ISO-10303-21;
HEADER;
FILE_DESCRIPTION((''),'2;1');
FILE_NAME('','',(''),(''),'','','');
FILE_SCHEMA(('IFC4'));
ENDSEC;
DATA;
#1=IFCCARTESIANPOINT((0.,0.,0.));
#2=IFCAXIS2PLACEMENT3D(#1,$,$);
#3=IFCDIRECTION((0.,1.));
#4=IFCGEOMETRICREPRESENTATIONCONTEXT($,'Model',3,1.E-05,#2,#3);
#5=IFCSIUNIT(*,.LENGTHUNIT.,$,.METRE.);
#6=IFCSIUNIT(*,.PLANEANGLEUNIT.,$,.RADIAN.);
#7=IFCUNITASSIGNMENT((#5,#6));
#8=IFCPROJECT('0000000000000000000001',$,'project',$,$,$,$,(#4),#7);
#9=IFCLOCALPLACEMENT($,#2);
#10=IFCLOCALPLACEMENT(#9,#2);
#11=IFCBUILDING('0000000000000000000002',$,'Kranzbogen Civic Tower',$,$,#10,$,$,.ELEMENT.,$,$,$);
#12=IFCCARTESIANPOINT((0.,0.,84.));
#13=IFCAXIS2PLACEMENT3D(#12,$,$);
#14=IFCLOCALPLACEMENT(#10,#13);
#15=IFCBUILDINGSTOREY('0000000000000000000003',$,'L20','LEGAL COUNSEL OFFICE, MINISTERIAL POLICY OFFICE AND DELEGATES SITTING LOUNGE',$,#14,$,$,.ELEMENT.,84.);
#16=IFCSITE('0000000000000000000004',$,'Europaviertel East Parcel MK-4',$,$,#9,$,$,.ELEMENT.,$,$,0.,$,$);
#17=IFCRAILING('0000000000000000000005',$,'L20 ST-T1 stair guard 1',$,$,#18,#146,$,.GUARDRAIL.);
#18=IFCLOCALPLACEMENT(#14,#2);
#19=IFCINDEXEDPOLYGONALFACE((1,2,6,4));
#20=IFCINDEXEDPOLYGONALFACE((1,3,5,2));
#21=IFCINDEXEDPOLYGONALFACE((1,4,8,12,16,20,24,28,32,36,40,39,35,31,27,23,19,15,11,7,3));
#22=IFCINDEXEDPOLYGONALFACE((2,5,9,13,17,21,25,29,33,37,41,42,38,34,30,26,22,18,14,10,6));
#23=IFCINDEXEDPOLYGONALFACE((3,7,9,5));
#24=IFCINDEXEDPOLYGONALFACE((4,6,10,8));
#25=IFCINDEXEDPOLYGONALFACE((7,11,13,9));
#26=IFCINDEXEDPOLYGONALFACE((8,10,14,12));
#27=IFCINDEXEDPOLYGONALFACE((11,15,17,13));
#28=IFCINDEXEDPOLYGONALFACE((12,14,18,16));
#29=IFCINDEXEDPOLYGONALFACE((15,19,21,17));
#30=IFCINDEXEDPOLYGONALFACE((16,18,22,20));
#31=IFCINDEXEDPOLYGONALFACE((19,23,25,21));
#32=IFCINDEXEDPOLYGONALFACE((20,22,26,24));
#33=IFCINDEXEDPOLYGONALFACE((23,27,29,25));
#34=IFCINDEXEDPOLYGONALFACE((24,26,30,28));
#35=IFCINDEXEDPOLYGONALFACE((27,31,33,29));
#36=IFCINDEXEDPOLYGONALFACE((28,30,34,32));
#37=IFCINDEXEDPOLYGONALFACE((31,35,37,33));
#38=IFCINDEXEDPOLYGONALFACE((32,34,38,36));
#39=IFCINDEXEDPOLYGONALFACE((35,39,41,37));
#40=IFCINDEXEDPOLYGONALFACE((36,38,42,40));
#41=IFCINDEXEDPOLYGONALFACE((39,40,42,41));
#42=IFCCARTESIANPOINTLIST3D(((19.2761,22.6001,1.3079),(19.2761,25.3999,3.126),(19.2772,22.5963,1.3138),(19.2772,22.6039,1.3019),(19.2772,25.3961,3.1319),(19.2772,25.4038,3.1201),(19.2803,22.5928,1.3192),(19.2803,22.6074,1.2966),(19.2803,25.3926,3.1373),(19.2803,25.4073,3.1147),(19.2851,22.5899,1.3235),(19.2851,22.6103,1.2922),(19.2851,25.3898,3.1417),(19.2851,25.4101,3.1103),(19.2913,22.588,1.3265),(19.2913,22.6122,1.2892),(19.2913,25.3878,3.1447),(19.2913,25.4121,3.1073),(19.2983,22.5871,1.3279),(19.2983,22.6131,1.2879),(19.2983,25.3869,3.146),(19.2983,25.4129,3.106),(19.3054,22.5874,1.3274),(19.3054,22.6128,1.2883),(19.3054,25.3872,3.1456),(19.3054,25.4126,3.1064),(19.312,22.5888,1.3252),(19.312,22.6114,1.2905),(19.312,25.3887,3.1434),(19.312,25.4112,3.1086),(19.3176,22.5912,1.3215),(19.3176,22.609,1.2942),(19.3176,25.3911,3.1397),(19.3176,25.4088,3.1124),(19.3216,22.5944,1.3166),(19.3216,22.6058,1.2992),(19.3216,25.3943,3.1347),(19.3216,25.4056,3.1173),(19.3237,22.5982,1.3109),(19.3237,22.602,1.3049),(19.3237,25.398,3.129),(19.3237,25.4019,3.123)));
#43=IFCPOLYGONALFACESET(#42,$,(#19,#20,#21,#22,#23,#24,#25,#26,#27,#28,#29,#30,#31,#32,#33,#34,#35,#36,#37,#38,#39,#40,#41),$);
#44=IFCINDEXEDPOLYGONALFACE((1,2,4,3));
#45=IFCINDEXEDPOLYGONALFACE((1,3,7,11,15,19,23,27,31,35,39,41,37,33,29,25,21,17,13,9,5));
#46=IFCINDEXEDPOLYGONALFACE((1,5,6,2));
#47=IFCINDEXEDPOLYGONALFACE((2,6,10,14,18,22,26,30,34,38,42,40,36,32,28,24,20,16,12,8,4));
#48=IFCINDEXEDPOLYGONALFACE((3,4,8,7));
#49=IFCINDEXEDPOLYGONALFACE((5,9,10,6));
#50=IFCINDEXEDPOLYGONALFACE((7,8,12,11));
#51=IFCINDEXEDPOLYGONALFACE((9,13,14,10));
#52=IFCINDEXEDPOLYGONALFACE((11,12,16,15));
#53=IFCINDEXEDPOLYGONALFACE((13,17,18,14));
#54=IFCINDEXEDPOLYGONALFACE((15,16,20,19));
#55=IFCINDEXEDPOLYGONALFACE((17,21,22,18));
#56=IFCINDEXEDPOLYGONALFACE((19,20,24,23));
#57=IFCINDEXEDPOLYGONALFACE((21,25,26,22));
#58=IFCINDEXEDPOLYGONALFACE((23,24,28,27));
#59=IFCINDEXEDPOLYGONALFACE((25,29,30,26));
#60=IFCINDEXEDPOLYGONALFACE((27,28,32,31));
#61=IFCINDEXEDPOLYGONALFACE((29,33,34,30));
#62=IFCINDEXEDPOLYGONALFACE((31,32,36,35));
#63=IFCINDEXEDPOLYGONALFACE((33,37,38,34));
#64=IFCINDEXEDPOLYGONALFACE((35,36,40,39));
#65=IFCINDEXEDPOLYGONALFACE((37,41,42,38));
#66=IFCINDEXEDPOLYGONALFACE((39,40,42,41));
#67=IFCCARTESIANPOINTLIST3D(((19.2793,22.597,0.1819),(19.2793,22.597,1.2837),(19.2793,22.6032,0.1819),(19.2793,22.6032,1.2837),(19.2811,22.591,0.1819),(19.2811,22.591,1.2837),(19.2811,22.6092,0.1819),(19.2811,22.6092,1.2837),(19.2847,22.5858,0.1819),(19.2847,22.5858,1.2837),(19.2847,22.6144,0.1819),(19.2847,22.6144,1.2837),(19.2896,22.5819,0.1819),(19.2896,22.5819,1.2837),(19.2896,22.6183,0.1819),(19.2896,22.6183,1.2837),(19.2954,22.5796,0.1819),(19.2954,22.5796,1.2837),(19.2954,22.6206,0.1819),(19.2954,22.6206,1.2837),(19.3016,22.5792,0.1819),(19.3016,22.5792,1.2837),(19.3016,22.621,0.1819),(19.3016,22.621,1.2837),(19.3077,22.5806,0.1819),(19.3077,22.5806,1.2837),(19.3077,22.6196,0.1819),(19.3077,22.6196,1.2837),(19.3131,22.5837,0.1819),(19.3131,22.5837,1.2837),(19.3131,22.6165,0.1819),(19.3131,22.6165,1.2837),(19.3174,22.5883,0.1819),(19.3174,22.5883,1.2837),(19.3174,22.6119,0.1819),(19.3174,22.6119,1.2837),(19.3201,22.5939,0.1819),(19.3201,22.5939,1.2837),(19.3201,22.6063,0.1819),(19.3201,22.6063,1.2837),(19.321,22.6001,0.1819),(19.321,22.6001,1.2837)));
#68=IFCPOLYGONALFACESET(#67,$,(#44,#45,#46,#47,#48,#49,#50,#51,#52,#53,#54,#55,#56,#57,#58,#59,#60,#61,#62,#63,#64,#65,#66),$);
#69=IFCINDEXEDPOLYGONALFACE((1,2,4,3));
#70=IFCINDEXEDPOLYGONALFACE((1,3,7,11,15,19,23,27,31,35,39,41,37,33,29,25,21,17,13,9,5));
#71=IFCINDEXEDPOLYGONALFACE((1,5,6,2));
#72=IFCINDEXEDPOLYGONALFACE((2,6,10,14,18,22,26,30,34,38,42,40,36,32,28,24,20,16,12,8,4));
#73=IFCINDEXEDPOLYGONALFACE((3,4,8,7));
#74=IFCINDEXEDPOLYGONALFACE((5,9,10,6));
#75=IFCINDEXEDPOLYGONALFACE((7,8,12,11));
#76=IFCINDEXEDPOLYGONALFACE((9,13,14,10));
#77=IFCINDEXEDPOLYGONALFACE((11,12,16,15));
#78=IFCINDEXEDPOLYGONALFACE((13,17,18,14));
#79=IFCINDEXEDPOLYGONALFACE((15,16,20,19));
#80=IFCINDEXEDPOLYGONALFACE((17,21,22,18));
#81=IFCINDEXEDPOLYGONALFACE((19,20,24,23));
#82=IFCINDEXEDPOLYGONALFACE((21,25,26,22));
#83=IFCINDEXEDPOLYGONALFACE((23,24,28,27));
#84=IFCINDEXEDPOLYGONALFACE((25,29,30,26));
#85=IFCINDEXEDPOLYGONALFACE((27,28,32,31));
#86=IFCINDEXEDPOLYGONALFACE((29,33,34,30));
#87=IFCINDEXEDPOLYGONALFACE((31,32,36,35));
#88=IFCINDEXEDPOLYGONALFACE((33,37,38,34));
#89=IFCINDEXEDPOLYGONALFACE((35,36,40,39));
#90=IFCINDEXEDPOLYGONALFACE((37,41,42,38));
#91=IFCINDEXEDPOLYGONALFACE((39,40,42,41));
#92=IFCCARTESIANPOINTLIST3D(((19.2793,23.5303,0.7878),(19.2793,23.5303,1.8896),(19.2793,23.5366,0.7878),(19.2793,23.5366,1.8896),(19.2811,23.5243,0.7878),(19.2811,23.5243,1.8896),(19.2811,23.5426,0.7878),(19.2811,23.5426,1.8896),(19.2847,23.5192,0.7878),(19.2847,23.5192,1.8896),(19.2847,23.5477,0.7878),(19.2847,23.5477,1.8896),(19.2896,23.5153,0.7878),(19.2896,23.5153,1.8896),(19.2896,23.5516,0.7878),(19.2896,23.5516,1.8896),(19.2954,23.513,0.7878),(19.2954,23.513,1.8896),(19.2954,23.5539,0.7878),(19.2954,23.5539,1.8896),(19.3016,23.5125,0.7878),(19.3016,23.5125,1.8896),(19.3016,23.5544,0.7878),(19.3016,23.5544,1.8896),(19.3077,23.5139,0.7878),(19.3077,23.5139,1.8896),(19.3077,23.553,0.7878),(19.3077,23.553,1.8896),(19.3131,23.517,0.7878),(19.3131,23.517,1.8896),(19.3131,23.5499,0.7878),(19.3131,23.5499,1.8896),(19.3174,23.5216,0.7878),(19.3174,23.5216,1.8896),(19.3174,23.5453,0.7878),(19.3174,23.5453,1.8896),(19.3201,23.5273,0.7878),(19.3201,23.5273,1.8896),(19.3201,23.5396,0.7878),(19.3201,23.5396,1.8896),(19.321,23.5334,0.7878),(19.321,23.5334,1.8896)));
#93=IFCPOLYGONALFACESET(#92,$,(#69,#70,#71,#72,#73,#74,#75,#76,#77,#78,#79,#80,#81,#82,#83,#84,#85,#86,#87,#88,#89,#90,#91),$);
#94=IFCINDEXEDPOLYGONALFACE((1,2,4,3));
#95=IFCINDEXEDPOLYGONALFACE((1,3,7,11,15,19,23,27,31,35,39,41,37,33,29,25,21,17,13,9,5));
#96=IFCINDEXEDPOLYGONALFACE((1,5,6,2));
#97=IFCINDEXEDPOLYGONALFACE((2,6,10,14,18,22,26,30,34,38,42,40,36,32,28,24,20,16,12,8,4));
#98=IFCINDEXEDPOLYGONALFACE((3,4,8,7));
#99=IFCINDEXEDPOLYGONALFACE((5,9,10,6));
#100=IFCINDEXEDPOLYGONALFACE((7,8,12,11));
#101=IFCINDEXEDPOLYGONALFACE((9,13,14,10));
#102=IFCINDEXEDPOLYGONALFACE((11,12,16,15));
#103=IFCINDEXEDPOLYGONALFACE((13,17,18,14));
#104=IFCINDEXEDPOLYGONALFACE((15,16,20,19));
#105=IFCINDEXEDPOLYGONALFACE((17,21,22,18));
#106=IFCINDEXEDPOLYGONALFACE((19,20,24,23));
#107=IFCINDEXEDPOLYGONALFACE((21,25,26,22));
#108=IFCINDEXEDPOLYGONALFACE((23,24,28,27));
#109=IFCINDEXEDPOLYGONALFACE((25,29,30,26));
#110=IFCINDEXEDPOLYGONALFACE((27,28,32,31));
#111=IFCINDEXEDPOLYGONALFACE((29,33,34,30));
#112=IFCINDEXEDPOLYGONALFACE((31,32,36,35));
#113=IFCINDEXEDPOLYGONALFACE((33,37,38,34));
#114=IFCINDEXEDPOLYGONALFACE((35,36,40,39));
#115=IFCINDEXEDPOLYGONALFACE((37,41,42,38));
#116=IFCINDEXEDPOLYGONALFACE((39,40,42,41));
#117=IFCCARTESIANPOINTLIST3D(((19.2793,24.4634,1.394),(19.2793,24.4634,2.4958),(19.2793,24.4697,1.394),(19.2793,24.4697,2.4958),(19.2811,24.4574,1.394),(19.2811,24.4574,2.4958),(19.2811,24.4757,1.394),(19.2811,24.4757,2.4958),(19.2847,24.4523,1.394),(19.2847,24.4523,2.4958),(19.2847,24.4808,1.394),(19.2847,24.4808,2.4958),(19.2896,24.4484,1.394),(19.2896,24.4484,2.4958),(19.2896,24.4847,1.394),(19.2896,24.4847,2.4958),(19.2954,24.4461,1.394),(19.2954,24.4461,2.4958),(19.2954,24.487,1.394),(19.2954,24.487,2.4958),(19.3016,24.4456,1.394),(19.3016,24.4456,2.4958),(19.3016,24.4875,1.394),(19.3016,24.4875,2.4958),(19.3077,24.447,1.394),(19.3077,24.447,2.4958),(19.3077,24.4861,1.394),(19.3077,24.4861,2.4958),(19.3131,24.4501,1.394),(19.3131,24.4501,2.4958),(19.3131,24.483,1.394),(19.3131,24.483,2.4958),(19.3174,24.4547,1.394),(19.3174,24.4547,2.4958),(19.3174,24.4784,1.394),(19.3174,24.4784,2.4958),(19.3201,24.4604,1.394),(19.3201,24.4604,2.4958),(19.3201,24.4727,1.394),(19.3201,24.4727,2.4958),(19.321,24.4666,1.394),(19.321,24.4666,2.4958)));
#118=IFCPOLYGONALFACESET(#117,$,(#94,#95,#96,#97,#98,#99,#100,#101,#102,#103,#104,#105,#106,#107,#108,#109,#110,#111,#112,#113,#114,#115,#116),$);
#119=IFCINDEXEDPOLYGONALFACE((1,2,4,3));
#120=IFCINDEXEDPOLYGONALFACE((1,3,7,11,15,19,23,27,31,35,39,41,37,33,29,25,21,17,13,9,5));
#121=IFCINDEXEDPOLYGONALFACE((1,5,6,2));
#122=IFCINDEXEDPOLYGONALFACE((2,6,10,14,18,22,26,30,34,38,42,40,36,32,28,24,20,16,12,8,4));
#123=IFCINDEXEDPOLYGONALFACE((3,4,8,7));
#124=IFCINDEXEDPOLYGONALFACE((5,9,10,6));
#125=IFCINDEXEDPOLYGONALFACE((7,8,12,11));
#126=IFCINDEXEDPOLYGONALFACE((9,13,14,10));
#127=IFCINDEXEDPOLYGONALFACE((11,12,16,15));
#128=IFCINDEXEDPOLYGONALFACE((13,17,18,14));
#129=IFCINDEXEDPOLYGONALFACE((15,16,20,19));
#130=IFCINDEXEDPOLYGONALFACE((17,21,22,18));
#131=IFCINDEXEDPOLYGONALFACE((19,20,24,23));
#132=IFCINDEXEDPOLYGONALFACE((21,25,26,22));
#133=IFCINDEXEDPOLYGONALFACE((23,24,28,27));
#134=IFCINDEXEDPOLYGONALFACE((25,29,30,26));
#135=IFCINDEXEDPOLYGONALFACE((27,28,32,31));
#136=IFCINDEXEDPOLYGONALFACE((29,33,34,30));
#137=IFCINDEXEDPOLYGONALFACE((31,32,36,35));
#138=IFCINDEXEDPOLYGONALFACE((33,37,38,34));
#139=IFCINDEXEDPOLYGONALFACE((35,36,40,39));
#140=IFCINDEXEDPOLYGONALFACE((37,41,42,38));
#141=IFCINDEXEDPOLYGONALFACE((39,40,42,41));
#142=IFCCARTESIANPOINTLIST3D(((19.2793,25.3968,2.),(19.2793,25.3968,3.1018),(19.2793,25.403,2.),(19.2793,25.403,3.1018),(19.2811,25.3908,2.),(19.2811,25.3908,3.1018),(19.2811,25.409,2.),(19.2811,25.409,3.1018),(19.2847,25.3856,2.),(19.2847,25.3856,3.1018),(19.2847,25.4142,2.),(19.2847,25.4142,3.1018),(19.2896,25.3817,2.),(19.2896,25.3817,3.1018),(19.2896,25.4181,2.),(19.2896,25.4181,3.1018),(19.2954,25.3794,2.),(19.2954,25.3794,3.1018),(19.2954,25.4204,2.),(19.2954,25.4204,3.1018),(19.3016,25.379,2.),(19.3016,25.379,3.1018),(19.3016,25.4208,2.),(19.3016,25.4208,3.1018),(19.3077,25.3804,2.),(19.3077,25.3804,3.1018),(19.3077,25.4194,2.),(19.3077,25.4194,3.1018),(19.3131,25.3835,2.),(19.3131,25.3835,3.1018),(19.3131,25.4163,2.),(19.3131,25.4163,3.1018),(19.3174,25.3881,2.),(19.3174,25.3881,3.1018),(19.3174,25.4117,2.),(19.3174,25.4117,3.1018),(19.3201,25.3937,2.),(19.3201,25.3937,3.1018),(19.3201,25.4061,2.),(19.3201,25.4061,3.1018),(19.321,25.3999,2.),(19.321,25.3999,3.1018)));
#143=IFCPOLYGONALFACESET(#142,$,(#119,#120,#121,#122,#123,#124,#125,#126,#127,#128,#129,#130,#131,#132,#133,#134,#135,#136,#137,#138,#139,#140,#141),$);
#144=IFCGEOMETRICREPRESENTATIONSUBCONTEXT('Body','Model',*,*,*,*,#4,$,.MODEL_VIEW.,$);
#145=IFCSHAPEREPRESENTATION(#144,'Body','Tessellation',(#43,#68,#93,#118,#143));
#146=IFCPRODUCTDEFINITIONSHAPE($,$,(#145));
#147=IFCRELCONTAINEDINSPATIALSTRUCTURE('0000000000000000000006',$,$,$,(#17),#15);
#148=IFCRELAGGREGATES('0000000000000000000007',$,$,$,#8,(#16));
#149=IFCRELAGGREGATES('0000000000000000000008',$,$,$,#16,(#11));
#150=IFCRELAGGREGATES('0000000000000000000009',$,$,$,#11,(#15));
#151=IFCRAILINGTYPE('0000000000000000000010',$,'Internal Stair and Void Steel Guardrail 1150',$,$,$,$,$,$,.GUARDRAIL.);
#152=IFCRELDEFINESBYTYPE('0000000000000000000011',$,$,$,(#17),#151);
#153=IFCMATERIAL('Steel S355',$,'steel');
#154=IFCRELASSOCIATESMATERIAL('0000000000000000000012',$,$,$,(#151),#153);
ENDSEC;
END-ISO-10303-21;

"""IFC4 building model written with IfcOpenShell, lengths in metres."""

from ifc_helpers import new_model, si_unit, direction, frame, origin, origin_2d, place, context, subcontext, project, spatial, circle, extrude, material, type_object, element, save


model = new_model("IFC4")

# Units and contexts
model_context = context("Model", 3, precision=1e-05, world=origin(), true_north=direction((0.0, 1.0)))
body_context = subcontext(model_context, "Body", "Model", "MODEL_VIEW")
ifc_project = project(units=[si_unit("LENGTHUNIT", "METRE"), si_unit("PLANEANGLEUNIT", "RADIAN")], contexts=[model_context])

# Site, building, storey
site_placement = place(None, origin())
site = spatial("IfcSite", under=ifc_project, at=site_placement, Name="Europaviertel East Parcel MK-4", CompositionType="ELEMENT", RefElevation=0.0)
building_placement = place(site_placement, origin())
building = spatial("IfcBuilding", under=site, at=building_placement, Name="Kranzbogen Civic Tower", CompositionType="ELEMENT")
storey_placement = place(building_placement, frame((0.0, 0.0, 84.0)))
storey = spatial("IfcBuildingStorey", under=building, at=storey_placement, Name="L20", Description="LEGAL COUNSEL OFFICE, MINISTERIAL POLICY OFFICE AND DELEGATES SITTING LOUNGE", CompositionType="ELEMENT", Elevation=84.0)

# Shared definitions
ifc_material_1 = material(Name="Steel S355", Category="steel")

# Railing
railing_type_1 = type_object("IfcRailingType", Name="Internal Stair and Void Steel Guardrail 1150", PredefinedType="GUARDRAIL", material=ifc_material_1)
railing_1_placement = place(storey_placement, frame((19.3, 22.6001, 0.1819)))
element("IfcRailing", 1, at=railing_1_placement, inside=storey, type_object=railing_type_1, Name="L20 ST-T1 stair guard 1", PredefinedType="GUARDRAIL", context=body_context, shape_type="SweptSolid", body=[
    extrude(circle(Radius=0.0239, at=origin_2d()), frame((0.0, 0.0, 1.126), z_axis=(0.0, 0.838684, 0.544618), x_axis=(-1.0, 0.0, 0.0)), (0.0, 0.0, 1.0), 3.3384),
    extrude(circle(Radius=0.021, at=origin_2d()), origin(), (0.0, 0.0, 1.0), 1.1018),
    extrude(circle(Radius=0.021, at=origin_2d()), frame((0.0, 0.9333, 0.606)), (0.0, 0.0, 1.0), 1.1018),
    extrude(circle(Radius=0.021, at=origin_2d()), frame((0.0, 1.8665, 1.2122)), (0.0, 0.0, 1.0), 1.1018),
    extrude(circle(Radius=0.021, at=origin_2d()), frame((0.0, 2.7998, 1.8181)), (0.0, 0.0, 1.0), 1.1018),
])

save(model, "model.ifc")
